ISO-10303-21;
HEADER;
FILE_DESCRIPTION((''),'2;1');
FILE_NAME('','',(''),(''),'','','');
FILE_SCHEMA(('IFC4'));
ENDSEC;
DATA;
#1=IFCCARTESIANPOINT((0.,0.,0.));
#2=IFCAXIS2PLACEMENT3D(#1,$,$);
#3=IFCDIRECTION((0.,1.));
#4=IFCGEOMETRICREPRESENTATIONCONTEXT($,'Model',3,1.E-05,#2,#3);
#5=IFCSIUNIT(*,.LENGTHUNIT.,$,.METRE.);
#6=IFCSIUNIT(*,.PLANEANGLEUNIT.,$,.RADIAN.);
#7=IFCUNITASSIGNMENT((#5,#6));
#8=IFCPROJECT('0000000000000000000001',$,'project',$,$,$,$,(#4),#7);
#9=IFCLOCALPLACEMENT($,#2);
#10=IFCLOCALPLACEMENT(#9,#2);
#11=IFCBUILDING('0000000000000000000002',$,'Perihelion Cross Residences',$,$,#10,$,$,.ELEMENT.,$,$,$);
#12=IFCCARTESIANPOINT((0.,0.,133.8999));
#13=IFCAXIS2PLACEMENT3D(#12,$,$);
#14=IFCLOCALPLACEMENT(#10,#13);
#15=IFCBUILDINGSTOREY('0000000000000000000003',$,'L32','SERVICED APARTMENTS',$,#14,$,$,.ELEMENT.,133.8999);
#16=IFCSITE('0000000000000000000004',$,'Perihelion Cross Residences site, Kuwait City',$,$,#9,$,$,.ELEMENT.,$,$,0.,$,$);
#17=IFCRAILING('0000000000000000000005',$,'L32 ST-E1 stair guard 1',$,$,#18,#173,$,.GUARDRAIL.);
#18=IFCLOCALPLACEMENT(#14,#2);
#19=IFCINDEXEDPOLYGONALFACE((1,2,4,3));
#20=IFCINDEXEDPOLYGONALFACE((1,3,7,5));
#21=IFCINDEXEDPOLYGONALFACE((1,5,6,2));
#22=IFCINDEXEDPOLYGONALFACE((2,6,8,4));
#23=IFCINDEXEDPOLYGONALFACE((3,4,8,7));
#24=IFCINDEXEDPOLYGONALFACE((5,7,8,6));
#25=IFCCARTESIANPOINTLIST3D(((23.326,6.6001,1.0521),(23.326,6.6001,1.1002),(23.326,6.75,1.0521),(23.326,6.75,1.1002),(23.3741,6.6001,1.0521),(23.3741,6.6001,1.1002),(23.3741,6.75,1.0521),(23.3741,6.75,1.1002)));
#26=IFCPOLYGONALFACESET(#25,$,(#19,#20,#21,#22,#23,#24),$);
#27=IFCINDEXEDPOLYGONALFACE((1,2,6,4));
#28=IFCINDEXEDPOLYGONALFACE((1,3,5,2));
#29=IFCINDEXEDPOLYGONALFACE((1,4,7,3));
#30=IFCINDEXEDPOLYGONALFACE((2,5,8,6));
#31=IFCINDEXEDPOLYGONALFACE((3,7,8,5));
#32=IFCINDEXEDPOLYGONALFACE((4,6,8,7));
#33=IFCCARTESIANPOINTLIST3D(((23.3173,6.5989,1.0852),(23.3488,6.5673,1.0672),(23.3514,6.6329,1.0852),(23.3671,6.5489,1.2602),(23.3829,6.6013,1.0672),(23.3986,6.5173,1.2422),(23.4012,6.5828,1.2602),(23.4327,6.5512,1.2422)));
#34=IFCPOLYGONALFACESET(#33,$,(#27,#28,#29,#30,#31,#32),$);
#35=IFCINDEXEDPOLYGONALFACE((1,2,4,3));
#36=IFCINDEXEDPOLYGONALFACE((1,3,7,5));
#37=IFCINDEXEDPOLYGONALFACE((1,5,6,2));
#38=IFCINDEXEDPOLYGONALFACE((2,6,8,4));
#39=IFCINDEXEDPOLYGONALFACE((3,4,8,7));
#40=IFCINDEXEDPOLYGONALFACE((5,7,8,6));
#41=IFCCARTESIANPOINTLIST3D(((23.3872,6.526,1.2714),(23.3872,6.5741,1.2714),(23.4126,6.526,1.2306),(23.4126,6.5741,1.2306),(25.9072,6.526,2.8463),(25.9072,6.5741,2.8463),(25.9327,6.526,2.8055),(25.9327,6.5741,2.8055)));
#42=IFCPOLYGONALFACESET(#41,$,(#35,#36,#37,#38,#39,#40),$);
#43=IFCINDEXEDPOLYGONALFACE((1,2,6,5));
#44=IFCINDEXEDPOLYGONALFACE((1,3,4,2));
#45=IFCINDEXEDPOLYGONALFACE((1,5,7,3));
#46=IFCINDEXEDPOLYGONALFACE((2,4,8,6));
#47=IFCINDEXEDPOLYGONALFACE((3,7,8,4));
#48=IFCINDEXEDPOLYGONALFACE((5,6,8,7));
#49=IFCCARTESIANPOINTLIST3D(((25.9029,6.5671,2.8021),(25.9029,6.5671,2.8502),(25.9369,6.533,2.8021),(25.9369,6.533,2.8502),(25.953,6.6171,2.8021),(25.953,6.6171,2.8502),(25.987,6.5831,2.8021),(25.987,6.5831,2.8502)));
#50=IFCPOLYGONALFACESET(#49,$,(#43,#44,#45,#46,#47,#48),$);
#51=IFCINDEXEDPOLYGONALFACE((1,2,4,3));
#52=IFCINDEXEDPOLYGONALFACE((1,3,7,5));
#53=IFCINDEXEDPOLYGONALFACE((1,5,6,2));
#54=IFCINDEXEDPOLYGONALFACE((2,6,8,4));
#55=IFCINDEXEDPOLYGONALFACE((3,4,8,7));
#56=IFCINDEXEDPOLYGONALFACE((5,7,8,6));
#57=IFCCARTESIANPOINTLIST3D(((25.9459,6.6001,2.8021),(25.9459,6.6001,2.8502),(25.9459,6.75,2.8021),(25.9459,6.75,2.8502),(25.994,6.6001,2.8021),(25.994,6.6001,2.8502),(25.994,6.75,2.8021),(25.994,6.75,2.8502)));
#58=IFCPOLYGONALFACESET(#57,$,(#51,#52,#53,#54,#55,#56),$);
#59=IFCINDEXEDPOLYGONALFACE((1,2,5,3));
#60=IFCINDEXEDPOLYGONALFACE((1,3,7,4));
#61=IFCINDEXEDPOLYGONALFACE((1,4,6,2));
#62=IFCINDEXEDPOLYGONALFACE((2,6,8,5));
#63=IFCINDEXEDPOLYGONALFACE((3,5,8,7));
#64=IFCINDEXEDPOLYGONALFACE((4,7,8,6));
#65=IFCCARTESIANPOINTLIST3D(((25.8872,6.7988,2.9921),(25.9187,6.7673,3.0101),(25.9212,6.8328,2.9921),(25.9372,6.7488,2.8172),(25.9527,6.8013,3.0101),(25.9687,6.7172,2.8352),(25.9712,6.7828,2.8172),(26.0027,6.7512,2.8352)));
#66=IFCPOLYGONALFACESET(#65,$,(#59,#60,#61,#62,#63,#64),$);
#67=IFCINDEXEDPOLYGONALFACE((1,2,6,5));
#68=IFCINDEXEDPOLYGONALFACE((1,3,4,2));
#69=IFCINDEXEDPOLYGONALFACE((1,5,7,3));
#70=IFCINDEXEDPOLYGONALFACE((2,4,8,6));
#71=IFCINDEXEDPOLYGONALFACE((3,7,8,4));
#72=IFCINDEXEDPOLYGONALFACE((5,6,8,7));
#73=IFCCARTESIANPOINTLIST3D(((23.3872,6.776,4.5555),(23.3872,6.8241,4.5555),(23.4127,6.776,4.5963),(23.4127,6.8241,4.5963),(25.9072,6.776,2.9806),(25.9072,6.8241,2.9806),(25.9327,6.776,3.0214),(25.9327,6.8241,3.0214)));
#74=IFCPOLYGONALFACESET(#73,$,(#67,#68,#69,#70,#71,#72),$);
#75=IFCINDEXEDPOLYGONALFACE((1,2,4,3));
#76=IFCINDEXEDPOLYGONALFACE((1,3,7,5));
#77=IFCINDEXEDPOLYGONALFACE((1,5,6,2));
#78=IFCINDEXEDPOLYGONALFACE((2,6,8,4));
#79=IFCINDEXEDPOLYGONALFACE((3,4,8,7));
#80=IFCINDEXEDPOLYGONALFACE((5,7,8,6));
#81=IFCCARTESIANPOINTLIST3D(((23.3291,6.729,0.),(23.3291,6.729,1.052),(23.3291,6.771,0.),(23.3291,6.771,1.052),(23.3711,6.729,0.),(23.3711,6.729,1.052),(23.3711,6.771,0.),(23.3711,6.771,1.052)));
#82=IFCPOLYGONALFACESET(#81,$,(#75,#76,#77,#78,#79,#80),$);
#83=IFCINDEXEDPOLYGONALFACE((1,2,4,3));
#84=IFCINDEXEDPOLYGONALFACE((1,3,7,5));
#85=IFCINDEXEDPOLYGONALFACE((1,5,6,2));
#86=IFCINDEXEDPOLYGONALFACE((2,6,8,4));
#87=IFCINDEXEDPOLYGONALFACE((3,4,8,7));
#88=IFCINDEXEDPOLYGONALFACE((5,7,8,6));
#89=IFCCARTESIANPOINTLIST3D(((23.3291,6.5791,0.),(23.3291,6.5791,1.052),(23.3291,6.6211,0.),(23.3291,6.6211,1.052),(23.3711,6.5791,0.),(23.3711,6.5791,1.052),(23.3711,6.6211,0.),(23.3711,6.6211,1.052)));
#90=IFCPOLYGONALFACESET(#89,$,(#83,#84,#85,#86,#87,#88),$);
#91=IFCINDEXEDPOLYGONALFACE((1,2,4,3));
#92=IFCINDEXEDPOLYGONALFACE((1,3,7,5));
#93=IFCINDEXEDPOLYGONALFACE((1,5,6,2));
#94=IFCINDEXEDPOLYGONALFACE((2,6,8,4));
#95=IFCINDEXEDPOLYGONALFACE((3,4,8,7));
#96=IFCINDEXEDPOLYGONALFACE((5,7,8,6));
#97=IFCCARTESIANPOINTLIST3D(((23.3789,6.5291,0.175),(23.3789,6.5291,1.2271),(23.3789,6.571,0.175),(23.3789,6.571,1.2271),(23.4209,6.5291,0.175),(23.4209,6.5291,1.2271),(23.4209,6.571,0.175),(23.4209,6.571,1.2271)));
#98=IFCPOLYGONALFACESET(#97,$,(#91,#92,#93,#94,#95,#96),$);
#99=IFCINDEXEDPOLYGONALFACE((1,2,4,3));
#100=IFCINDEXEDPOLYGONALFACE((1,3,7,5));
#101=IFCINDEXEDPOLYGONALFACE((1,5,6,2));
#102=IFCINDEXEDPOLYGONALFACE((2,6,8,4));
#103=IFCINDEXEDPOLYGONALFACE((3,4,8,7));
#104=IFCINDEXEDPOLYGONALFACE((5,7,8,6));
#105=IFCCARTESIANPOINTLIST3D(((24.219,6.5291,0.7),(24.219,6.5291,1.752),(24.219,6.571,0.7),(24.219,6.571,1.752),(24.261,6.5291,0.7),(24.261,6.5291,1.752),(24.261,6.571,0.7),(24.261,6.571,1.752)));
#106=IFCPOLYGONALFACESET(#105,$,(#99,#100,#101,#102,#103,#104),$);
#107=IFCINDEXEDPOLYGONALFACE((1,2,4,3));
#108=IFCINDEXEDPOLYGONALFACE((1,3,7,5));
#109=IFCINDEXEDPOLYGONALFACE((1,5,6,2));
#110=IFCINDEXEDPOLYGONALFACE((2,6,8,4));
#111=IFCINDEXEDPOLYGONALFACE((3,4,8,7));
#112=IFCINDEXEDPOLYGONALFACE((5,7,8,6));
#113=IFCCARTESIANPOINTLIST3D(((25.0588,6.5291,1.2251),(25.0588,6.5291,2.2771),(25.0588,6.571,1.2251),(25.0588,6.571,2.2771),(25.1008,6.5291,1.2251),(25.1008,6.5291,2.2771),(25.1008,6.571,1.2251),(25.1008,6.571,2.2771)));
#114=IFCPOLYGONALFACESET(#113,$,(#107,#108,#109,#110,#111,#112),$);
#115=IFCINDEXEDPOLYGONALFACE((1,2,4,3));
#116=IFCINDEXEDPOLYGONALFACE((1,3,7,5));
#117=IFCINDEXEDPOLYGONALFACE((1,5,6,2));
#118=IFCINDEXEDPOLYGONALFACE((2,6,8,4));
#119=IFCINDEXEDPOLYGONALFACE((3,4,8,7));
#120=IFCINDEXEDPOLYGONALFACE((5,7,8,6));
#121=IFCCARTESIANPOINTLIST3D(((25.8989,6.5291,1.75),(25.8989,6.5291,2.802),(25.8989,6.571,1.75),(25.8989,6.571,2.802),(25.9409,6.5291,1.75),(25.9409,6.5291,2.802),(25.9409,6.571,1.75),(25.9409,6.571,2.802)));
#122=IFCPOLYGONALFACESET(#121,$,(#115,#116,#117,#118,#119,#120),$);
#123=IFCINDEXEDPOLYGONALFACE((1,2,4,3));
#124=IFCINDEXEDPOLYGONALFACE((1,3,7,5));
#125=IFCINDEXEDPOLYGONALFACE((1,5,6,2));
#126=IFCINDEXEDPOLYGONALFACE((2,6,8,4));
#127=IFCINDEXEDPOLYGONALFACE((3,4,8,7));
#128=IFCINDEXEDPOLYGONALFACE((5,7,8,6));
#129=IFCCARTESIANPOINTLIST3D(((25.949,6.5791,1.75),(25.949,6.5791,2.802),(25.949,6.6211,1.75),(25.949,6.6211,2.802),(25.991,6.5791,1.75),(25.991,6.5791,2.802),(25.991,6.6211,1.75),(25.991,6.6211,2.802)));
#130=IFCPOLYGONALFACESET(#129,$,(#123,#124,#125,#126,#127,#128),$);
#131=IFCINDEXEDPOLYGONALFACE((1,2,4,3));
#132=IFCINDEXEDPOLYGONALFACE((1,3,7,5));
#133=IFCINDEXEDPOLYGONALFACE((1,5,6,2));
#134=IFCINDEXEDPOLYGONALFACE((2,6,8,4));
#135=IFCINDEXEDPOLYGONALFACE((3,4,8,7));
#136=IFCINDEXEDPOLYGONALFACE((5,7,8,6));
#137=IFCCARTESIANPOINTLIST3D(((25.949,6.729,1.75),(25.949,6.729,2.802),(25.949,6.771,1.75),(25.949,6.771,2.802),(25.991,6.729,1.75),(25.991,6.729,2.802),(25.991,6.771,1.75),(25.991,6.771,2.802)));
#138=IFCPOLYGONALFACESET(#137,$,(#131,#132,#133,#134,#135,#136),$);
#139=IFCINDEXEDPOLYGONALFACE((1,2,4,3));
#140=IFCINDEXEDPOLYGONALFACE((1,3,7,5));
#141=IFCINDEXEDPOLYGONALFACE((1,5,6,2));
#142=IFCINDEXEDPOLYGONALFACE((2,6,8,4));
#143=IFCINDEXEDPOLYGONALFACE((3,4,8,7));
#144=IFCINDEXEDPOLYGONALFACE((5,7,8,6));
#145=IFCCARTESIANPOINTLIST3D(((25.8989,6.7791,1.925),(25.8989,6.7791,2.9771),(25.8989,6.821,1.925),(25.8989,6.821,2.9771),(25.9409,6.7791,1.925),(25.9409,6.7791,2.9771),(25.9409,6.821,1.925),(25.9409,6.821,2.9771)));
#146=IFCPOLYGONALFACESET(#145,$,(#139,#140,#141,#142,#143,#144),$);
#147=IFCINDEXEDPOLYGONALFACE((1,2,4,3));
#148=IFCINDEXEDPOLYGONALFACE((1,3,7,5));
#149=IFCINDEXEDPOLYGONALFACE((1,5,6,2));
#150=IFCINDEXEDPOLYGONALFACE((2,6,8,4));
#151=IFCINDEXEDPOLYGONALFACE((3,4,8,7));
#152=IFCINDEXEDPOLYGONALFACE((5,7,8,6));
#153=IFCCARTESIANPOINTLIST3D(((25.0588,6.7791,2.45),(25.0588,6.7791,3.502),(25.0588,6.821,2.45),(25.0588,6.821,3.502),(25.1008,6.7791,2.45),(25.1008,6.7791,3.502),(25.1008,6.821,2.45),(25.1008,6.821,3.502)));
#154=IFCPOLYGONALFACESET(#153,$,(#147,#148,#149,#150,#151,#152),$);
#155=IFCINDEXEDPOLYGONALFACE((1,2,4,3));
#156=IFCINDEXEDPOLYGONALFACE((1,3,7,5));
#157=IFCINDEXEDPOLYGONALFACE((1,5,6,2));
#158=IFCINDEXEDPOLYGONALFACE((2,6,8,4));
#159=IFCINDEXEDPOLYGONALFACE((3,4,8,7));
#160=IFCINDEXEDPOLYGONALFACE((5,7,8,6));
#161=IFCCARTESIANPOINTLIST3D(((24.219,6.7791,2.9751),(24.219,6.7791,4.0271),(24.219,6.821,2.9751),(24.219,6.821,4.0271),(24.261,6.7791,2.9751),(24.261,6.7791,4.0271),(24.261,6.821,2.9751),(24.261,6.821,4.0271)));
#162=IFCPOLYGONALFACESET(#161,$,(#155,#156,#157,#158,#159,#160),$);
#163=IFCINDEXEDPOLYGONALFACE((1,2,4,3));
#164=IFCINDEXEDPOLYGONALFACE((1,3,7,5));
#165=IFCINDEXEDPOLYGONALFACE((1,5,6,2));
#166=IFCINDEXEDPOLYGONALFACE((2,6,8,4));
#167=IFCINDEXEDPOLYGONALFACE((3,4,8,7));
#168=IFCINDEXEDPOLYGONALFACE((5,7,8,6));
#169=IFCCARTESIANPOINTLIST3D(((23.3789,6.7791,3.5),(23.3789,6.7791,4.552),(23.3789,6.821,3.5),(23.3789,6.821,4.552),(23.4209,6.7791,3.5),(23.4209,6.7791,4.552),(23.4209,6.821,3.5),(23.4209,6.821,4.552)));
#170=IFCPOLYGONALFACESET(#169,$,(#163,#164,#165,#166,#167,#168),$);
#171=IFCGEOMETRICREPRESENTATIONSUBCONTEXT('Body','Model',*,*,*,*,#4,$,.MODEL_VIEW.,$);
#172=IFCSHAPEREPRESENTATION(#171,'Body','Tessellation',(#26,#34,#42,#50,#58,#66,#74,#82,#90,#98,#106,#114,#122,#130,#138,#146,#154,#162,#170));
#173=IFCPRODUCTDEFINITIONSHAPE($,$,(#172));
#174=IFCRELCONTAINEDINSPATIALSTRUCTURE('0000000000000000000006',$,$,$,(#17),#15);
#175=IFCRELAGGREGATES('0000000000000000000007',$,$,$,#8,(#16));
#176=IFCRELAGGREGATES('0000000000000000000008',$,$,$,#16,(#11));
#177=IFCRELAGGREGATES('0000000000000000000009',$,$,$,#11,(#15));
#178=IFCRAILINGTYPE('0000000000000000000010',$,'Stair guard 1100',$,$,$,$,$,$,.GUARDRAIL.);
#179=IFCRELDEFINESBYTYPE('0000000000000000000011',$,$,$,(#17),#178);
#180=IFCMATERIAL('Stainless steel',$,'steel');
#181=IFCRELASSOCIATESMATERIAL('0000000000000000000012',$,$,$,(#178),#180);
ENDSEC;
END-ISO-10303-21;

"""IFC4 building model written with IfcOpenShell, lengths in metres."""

from ifc_helpers import new_model, si_unit, direction, frame, origin, origin_2d, place, context, subcontext, project, spatial, rectangle, extrude, material, type_object, element, save


model = new_model("IFC4")

# Units and contexts
model_context = context("Model", 3, precision=1e-05, world=origin(), true_north=direction((0.0, 1.0)))
body_context = subcontext(model_context, "Body", "Model", "MODEL_VIEW")
ifc_project = project(units=[si_unit("LENGTHUNIT", "METRE"), si_unit("PLANEANGLEUNIT", "RADIAN")], contexts=[model_context])

# Site, building, storey
site_placement = place(None, origin())
site = spatial("IfcSite", under=ifc_project, at=site_placement, Name="Perihelion Cross Residences site, Kuwait City", CompositionType="ELEMENT", RefElevation=0.0)
building_placement = place(site_placement, origin())
building = spatial("IfcBuilding", under=site, at=building_placement, Name="Perihelion Cross Residences", CompositionType="ELEMENT")
storey_placement = place(building_placement, frame((0.0, 0.0, 133.8999)))
storey = spatial("IfcBuildingStorey", under=building, at=storey_placement, Name="L32", Description="SERVICED APARTMENTS", CompositionType="ELEMENT", Elevation=133.8999)

# Railing
ifc_material_1 = material(Name="Stainless steel", Category="steel")
railing_type_1 = type_object("IfcRailingType", Name="Stair guard 1100", PredefinedType="GUARDRAIL", material=ifc_material_1)
railing_1_placement = place(storey_placement, frame((23.3501, 6.75, 0.0)))
element("IfcRailing", 1, at=railing_1_placement, inside=storey, type_object=railing_type_1, Name="L32 ST-E1 stair guard 1", PredefinedType="GUARDRAIL", context=body_context, shape_type="SweptSolid", body=[
    extrude(rectangle(XDim=0.0481, YDim=0.0481, at=origin_2d()), frame((0.0, 0.0, 1.0762), z_axis=(0.0, -1.0, 0.0), x_axis=(1.0, 0.0, 0.0)), (0.0, 0.0, 1.0), 0.1499),
    extrude(rectangle(XDim=0.0481, YDim=0.0481, at=origin_2d()), frame((0.0, -0.1499, 1.0762), z_axis=(0.263862, -0.265156, 0.927399), x_axis=(0.708834, 0.705376, 0.0)), (0.0, 0.0, 1.0), 0.1887),
    extrude(rectangle(XDim=0.0481, YDim=0.0481, at=origin_2d()), frame((0.0498, -0.2, 1.251), z_axis=(0.848008, 0.0, 0.529984), x_axis=(0.0, 1.0, 0.0)), (0.0, 0.0, 1.0), 2.9717),
    extrude(rectangle(XDim=0.0481, YDim=0.0481, at=origin_2d()), frame((2.5698, -0.2, 2.8262), z_axis=(0.707107, 0.707107, 0.0), x_axis=(-0.707107, 0.707107, 0.0)), (0.0, 0.0, 1.0), 0.0708),
    extrude(rectangle(XDim=0.0481, YDim=0.0481, at=origin_2d()), frame((2.6199, -0.1499, 2.8262), z_axis=(0.0, 1.0, 0.0), x_axis=(-1.0, 0.0, 0.0)), (0.0, 0.0, 1.0), 0.1499),
    extrude(rectangle(XDim=0.0481, YDim=0.0481, at=origin_2d()), frame((2.6199, 0.0, 2.8262), z_axis=(-0.265065, 0.265065, 0.927082), x_axis=(-0.707107, -0.707107, 0.0)), (0.0, 0.0, 1.0), 0.1887),
    extrude(rectangle(XDim=0.0481, YDim=0.0481, at=origin_2d()), frame((2.5698, 0.05, 3.001), z_axis=(-0.848008, 0.0, 0.529984), x_axis=(0.0, -1.0, 0.0)), (0.0, 0.0, 1.0), 2.9717),
    extrude(rectangle(XDim=0.042, YDim=0.042, at=origin_2d()), origin(), (0.0, 0.0, 1.0), 1.052),
    extrude(rectangle(XDim=0.042, YDim=0.042, at=origin_2d()), frame((0.0, -0.1499, 0.0)), (0.0, 0.0, 1.0), 1.052),
    extrude(rectangle(XDim=0.042, YDim=0.042, at=origin_2d()), frame((0.0498, -0.2, 0.175)), (0.0, 0.0, 1.0), 1.052),
    extrude(rectangle(XDim=0.042, YDim=0.042, at=origin_2d()), frame((0.8899, -0.2, 0.7)), (0.0, 0.0, 1.0), 1.052),
    extrude(rectangle(XDim=0.042, YDim=0.042, at=origin_2d()), frame((1.7297, -0.2, 1.2251)), (0.0, 0.0, 1.0), 1.052),
    extrude(rectangle(XDim=0.042, YDim=0.042, at=origin_2d()), frame((2.5698, -0.2, 1.75)), (0.0, 0.0, 1.0), 1.052),
    extrude(rectangle(XDim=0.042, YDim=0.042, at=origin_2d()), frame((2.6199, -0.1499, 1.75)), (0.0, 0.0, 1.0), 1.052),
    extrude(rectangle(XDim=0.042, YDim=0.042, at=origin_2d()), frame((2.6199, 0.0, 1.75)), (0.0, 0.0, 1.0), 1.052),
    extrude(rectangle(XDim=0.042, YDim=0.042, at=origin_2d()), frame((2.5698, 0.05, 1.925)), (0.0, 0.0, 1.0), 1.052),
    extrude(rectangle(XDim=0.042, YDim=0.042, at=origin_2d()), frame((1.7297, 0.05, 2.45)), (0.0, 0.0, 1.0), 1.052),
    extrude(rectangle(XDim=0.042, YDim=0.042, at=origin_2d()), frame((0.8899, 0.05, 2.9751)), (0.0, 0.0, 1.0), 1.052),
    extrude(rectangle(XDim=0.042, YDim=0.042, at=origin_2d()), frame((0.0498, 0.05, 3.5)), (0.0, 0.0, 1.0), 1.052),
])

save(model, "model.ifc")
